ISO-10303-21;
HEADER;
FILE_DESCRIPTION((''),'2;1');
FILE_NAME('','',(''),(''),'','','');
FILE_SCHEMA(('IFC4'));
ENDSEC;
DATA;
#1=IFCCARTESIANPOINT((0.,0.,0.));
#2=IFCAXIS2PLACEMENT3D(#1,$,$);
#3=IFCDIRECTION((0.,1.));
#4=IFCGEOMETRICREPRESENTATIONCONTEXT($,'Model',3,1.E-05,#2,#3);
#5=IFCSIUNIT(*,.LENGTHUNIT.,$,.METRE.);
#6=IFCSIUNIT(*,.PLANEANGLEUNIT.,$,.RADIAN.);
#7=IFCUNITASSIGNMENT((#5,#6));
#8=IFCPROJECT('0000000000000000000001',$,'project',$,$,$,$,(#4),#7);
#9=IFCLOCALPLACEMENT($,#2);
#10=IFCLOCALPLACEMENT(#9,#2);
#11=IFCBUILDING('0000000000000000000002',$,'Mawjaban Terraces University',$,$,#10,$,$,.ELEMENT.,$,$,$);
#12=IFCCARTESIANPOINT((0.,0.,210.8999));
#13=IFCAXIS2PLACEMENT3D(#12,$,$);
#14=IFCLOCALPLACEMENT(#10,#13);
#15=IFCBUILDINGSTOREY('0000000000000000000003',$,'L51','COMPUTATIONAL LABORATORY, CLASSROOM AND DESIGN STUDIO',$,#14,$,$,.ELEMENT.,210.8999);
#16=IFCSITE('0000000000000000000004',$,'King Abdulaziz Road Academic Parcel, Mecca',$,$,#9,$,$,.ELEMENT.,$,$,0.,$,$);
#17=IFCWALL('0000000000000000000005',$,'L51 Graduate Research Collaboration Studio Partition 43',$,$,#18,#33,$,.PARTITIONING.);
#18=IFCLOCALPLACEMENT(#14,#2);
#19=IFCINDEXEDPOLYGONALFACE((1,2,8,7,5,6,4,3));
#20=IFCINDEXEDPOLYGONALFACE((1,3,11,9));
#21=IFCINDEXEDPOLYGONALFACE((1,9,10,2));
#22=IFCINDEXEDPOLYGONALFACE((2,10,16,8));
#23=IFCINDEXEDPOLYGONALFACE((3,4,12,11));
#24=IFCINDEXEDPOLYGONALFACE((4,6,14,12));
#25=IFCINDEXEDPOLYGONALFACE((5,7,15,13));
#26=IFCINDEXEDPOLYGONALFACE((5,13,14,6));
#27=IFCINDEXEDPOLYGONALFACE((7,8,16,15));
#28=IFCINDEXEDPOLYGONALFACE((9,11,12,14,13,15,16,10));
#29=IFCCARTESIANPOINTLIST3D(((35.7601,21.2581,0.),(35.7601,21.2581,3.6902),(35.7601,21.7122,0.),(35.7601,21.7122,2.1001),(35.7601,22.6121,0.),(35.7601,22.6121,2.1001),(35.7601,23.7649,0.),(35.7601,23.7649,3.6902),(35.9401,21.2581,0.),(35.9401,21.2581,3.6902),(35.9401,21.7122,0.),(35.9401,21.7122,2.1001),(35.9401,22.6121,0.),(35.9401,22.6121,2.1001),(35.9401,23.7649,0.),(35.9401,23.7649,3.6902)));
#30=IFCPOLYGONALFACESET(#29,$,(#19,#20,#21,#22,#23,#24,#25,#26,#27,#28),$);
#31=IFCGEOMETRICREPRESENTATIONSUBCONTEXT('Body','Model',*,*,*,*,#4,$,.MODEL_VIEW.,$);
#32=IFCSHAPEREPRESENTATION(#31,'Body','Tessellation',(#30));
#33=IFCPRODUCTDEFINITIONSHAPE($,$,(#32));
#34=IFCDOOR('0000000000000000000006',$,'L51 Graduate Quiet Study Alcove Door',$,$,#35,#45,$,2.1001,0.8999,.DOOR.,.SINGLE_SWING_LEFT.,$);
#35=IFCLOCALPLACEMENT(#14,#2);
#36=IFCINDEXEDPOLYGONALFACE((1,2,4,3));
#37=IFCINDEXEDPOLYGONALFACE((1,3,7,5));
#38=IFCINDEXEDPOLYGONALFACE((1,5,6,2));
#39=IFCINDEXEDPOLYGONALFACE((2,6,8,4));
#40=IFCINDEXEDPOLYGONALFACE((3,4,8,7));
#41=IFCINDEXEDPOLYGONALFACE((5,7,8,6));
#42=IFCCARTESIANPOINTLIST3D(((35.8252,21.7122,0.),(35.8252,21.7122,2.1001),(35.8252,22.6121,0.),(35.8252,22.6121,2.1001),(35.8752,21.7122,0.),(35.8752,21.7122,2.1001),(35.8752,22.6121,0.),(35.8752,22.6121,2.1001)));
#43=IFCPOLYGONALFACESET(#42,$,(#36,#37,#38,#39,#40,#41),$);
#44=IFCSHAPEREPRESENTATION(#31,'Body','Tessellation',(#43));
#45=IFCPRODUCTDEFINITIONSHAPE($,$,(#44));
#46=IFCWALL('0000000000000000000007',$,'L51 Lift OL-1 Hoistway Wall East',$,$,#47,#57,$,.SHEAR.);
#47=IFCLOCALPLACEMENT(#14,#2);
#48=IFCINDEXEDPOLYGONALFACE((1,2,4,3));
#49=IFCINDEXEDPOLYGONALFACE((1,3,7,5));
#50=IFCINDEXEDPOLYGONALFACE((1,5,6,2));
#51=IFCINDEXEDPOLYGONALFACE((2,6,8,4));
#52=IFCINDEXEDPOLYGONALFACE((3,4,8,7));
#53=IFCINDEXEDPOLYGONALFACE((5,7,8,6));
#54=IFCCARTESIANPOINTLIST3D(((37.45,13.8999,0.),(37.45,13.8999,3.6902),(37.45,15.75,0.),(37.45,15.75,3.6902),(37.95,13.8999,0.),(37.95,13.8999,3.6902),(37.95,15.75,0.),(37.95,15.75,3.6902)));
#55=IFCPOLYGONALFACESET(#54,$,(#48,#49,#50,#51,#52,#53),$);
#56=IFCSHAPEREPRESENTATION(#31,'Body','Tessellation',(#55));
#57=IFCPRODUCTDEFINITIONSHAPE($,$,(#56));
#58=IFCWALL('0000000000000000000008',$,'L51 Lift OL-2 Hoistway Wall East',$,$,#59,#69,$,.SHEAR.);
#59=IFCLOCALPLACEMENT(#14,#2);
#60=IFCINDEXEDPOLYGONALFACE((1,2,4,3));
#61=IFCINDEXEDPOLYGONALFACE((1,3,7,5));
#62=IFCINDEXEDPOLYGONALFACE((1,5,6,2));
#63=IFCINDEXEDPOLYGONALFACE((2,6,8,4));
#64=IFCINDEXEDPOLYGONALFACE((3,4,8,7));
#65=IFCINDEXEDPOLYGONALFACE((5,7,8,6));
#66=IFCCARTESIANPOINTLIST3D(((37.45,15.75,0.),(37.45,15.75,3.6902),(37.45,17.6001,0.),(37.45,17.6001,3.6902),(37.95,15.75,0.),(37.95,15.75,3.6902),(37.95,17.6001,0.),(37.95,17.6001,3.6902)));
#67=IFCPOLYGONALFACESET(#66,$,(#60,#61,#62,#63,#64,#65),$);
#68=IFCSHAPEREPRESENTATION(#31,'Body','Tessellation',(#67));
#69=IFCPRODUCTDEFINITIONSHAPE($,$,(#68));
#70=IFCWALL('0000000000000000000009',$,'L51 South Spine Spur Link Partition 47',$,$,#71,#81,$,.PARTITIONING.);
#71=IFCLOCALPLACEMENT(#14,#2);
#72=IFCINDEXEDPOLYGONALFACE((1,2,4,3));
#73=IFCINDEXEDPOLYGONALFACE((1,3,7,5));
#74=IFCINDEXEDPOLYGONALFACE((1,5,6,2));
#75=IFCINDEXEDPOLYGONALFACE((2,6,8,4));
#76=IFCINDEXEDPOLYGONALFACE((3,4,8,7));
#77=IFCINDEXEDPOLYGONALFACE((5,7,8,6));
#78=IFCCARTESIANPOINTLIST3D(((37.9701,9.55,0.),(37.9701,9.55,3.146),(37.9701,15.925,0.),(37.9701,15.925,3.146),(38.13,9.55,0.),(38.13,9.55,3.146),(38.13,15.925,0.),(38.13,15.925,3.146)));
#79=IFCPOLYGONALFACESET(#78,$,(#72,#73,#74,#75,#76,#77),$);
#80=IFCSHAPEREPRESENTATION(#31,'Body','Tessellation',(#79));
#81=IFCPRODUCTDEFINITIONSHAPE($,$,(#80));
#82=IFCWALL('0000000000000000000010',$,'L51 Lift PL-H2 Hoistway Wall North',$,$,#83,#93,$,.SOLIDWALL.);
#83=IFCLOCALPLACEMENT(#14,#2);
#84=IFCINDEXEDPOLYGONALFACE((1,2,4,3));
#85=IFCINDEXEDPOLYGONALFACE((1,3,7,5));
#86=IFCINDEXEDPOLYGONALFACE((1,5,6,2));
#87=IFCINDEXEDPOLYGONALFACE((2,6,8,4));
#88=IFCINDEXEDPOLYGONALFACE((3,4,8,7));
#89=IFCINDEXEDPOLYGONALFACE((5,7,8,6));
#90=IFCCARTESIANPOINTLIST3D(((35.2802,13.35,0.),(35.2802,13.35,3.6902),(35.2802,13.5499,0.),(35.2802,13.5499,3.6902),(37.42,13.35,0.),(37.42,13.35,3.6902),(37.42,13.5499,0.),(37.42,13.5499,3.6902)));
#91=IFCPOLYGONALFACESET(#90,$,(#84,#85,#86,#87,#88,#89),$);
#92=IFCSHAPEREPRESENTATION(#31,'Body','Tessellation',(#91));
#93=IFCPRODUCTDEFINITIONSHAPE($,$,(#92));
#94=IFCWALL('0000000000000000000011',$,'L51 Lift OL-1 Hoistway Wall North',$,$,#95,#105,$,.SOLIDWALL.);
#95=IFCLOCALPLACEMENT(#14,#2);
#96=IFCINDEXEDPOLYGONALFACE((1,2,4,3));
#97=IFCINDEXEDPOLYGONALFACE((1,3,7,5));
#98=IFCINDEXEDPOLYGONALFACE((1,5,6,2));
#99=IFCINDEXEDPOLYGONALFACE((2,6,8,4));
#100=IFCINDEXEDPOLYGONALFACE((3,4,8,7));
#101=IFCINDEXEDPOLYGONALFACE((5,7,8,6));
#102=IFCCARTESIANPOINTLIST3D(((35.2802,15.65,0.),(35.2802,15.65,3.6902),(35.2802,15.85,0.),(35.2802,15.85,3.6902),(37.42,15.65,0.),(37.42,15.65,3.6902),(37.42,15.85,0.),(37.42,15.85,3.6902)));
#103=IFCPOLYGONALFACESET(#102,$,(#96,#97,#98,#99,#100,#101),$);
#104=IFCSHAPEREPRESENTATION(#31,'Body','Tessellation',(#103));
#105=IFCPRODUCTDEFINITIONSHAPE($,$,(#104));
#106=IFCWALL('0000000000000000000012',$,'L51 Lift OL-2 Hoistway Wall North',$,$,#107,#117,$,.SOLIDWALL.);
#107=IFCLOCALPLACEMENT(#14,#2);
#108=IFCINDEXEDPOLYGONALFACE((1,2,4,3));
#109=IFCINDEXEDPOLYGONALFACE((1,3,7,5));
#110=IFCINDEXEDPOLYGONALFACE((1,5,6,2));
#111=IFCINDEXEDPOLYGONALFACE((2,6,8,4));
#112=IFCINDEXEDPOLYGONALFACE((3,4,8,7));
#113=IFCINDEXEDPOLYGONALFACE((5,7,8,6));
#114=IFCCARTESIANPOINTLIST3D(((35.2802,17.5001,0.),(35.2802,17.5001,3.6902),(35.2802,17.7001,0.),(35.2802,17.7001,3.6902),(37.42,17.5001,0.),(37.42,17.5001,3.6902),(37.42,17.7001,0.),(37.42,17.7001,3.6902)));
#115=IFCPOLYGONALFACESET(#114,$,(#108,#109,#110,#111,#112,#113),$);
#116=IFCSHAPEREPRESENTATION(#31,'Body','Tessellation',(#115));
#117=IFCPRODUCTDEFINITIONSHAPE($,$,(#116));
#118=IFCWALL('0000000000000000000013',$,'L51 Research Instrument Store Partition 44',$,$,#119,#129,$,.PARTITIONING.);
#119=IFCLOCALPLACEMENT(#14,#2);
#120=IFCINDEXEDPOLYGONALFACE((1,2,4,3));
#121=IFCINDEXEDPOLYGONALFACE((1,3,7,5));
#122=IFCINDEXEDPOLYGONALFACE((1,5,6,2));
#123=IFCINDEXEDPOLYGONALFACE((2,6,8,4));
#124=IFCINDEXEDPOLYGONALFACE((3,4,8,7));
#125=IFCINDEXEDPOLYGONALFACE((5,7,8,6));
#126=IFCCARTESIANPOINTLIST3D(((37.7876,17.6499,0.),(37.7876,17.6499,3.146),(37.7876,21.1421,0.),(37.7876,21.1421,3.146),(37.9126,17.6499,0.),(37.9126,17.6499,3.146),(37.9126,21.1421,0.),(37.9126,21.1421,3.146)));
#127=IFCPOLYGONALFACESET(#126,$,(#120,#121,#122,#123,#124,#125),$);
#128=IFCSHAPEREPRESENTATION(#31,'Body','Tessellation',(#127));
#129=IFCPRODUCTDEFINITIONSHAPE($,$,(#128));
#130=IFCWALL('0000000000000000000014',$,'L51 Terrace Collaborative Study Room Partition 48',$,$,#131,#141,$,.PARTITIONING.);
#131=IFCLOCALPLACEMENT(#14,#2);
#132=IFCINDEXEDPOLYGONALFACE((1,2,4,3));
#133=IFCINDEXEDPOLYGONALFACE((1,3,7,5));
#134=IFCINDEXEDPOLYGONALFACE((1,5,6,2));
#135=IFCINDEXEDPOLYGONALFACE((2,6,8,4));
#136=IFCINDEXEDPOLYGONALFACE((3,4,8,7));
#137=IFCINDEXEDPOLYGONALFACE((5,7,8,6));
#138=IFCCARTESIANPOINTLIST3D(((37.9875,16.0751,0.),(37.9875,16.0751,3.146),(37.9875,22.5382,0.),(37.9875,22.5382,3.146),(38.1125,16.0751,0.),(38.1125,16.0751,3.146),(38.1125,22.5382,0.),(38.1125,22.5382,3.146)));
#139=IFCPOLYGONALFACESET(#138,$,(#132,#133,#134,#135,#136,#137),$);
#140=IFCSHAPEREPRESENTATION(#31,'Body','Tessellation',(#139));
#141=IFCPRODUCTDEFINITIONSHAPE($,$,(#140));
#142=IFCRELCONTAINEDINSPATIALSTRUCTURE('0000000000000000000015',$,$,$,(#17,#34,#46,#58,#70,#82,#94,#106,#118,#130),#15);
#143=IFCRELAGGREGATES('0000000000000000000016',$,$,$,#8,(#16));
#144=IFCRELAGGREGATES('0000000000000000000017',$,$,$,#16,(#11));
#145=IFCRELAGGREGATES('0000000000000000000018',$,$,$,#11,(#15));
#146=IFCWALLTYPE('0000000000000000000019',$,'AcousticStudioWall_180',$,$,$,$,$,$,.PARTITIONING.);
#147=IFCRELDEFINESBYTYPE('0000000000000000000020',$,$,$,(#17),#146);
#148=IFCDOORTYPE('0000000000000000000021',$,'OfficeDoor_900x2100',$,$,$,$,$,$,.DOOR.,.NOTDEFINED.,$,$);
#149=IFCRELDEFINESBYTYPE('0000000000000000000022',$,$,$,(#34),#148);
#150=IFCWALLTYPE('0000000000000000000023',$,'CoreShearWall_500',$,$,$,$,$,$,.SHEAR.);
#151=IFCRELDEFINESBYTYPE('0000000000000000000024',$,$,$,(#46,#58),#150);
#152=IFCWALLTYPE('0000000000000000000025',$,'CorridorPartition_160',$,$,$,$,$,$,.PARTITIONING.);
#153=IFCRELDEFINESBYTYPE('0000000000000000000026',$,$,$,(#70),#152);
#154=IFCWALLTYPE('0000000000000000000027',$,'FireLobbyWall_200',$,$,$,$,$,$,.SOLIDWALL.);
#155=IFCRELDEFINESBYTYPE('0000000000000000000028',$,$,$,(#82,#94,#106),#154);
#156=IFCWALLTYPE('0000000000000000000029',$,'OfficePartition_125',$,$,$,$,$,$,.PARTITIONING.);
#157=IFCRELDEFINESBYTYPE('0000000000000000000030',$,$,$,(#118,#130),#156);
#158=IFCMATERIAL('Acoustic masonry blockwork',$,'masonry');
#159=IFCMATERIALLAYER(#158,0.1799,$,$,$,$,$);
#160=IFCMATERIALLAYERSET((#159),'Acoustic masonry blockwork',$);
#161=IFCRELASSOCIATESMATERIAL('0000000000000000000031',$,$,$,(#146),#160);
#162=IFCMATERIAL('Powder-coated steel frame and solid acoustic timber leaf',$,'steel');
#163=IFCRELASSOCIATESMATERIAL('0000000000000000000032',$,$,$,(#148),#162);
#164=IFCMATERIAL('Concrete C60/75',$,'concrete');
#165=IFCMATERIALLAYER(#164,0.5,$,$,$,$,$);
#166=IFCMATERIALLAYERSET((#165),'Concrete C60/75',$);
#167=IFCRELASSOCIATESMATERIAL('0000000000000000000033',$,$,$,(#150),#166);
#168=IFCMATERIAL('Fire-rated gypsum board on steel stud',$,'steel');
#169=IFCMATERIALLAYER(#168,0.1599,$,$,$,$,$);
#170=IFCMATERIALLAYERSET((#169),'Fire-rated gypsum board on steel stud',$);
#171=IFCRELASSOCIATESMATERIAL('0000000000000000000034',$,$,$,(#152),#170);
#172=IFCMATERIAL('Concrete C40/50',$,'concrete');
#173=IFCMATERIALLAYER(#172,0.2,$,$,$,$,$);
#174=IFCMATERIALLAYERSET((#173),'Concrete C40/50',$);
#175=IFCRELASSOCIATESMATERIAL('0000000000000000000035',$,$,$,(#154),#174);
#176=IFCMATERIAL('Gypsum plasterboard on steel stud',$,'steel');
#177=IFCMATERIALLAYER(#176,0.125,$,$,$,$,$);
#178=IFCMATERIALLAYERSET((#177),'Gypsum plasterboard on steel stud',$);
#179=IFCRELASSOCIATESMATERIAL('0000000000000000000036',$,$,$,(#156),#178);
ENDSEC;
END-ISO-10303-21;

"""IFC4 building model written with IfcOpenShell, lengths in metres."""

from ifc_helpers import new_model, si_unit, direction, frame, frame_2d, origin, place, context, subcontext, project, spatial, rectangle, extrude, material, layer, layer_set, type_object, element, fill, save


model = new_model("IFC4")

# Units and contexts
model_context = context("Model", 3, precision=1e-05, world=origin(), true_north=direction((0.0, 1.0)))
body_context = subcontext(model_context, "Body", "Model", "MODEL_VIEW")
ifc_project = project(units=[si_unit("LENGTHUNIT", "METRE"), si_unit("PLANEANGLEUNIT", "RADIAN")], contexts=[model_context])

# Site, building, storey
site_placement = place(None, origin())
site = spatial("IfcSite", under=ifc_project, at=site_placement, Name="King Abdulaziz Road Academic Parcel, Mecca", CompositionType="ELEMENT", RefElevation=0.0)
building_placement = place(site_placement, origin())
building = spatial("IfcBuilding", under=site, at=building_placement, Name="Mawjaban Terraces University", CompositionType="ELEMENT")
storey_placement = place(building_placement, frame((0.0, 0.0, 210.8999)))
storey = spatial("IfcBuildingStorey", under=building, at=storey_placement, Name="L51", Description="COMPUTATIONAL LABORATORY, CLASSROOM AND DESIGN STUDIO", CompositionType="ELEMENT", Elevation=210.8999)

# Shared definitions
ifc_material_1 = material(Name="Concrete C60/75", Category="concrete")

# Wall, opening, door
ifc_material_2 = material(Name="Acoustic masonry blockwork", Category="masonry")
ifc_layer_1 = layer(ifc_material_2, 0.1799)
ifc_layer_set_1 = layer_set([ifc_layer_1], Name="Acoustic masonry blockwork")
wall_type_1 = type_object("IfcWallType", Name="AcousticStudioWall_180", PredefinedType="PARTITIONING", material=ifc_layer_set_1)
wall_1_placement = place(storey_placement, frame((35.8501, 21.2581, 0.0), z_axis=(0.0, 0.0, 1.0), x_axis=(0.0, 1.0, 0.0)))
wall_1 = element("IfcWall", 1, at=wall_1_placement, inside=storey, type_object=wall_type_1, Name="L51 Graduate Research Collaboration Studio Partition 43", PredefinedType="PARTITIONING", context=body_context, shape_type="SweptSolid", body=[
    extrude(rectangle(XDim=2.5068, YDim=0.1799, at=frame_2d((1.2534, 0.0))), origin(), (0.0, 0.0, 1.0), 3.6902),
])
opening_placement = place(wall_1_placement, frame((0.4541, 0.0, 0.0)))
opening = element("IfcOpeningElement", 2, at=opening_placement, cuts=wall_1, PredefinedType="OPENING", context=body_context, shape_type="SweptSolid", body=[
    extrude(rectangle(XDim=0.8999, YDim=2.1001, at=frame_2d((0.45, 1.05))), frame((0.0, 0.0999, 0.0), z_axis=(0.0, -1.0, 0.0), x_axis=(1.0, 0.0, 0.0)), (0.0, 0.0, 1.0), 0.2),
])
ifc_material_3 = material(Name="Powder-coated steel frame and solid acoustic timber leaf", Category="steel")
door_type = type_object("IfcDoorType", Name="OfficeDoor_900x2100", OperationType="NOTDEFINED", PredefinedType="DOOR", material=ifc_material_3)
door_placement = place(opening_placement, origin())
door = element("IfcDoor", 3, at=door_placement, inside=storey, type_object=door_type, Name="L51 Graduate Quiet Study Alcove Door", OperationType="SINGLE_SWING_LEFT", OverallHeight=2.1001, OverallWidth=0.8999, PredefinedType="DOOR", context=body_context, shape_type="SweptSolid", body=[
    extrude(rectangle(XDim=0.8999, YDim=2.1001, at=frame_2d((0.45, 1.05))), frame((0.0, 0.0249, 0.0), z_axis=(0.0, -1.0, 0.0), x_axis=(1.0, 0.0, 0.0)), (0.0, 0.0, 1.0), 0.05),
])
fill(opening, door)

# Walls
ifc_layer_2 = layer(ifc_material_1, 0.5)
ifc_layer_set_2 = layer_set([ifc_layer_2], Name="Concrete C60/75")
wall_type_2 = type_object("IfcWallType", Name="CoreShearWall_500", PredefinedType="SHEAR", material=ifc_layer_set_2)
for number, where, z_axis, x_axis, name in (
    (4, (37.7, 13.8999, 0.0), (0.0, 0.0, 1.0), (0.0, 1.0, 0.0), "L51 Lift OL-1 Hoistway Wall East"),
    (5, (37.7, 15.75, 0.0), (0.0, 0.0, 1.0), (0.0, 1.0, 0.0), "L51 Lift OL-2 Hoistway Wall East"),
):
    element("IfcWall", number, at=place(storey_placement, frame(where, z_axis=z_axis, x_axis=x_axis)), inside=storey, type_object=wall_type_2, Name=name, PredefinedType="SHEAR", context=body_context, shape_type="SweptSolid", body=[
        extrude(rectangle(XDim=1.8501, YDim=0.5, at=frame_2d((0.925, 0.0))), origin(), (0.0, 0.0, 1.0), 3.6902),
    ])
ifc_material_4 = material(Name="Fire-rated gypsum board on steel stud", Category="steel")
ifc_layer_3 = layer(ifc_material_4, 0.1599)
ifc_layer_set_3 = layer_set([ifc_layer_3], Name="Fire-rated gypsum board on steel stud")
wall_type_3 = type_object("IfcWallType", Name="CorridorPartition_160", PredefinedType="PARTITIONING", material=ifc_layer_set_3)
wall_2_placement = place(storey_placement, frame((38.05, 15.925, 0.0), z_axis=(0.0, 0.0, 1.0), x_axis=(0.0, -1.0, 0.0)))
element("IfcWall", 6, at=wall_2_placement, inside=storey, type_object=wall_type_3, Name="L51 South Spine Spur Link Partition 47", PredefinedType="PARTITIONING", context=body_context, shape_type="SweptSolid", body=[
    extrude(rectangle(XDim=6.375, YDim=0.1599, at=frame_2d((3.1875, 0.0))), origin(), (0.0, 0.0, 1.0), 3.146),
])
ifc_material_5 = material(Name="Concrete C40/50", Category="concrete")
ifc_layer_4 = layer(ifc_material_5, 0.2)
ifc_layer_set_4 = layer_set([ifc_layer_4], Name="Concrete C40/50")
wall_type_4 = type_object("IfcWallType", Name="FireLobbyWall_200", PredefinedType="SOLIDWALL", material=ifc_layer_set_4)
for number, where, z_axis, x_axis, name in (
    (7, (37.4199, 13.45, 0.0), (0.0, 0.0, 1.0), (-1.0, 0.0, 0.0), "L51 Lift PL-H2 Hoistway Wall North"),
    (8, (37.4199, 15.75, 0.0), (0.0, 0.0, 1.0), (-1.0, 0.0, 0.0), "L51 Lift OL-1 Hoistway Wall North"),
    (9, (37.4199, 17.6001, 0.0), (0.0, 0.0, 1.0), (-1.0, 0.0, 0.0), "L51 Lift OL-2 Hoistway Wall North"),
):
    element("IfcWall", number, at=place(storey_placement, frame(where, z_axis=z_axis, x_axis=x_axis)), inside=storey, type_object=wall_type_4, Name=name, PredefinedType="SOLIDWALL", context=body_context, shape_type="SweptSolid", body=[
        extrude(rectangle(XDim=2.1399, YDim=0.2, at=frame_2d((1.0698, 0.0))), origin(), (0.0, 0.0, 1.0), 3.6902),
    ])
ifc_material_6 = material(Name="Gypsum plasterboard on steel stud", Category="steel")
ifc_layer_5 = layer(ifc_material_6, 0.125)
ifc_layer_set_5 = layer_set([ifc_layer_5], Name="Gypsum plasterboard on steel stud")
wall_type_5 = type_object("IfcWallType", Name="OfficePartition_125", PredefinedType="PARTITIONING", material=ifc_layer_set_5)
wall_3_placement = place(storey_placement, frame((37.8501, 17.6499, 0.0), z_axis=(0.0, 0.0, 1.0), x_axis=(0.0, 1.0, 0.0)))
element("IfcWall", 10, at=wall_3_placement, inside=storey, type_object=wall_type_5, Name="L51 Research Instrument Store Partition 44", PredefinedType="PARTITIONING", context=body_context, shape_type="SweptSolid", body=[
    extrude(rectangle(XDim=3.4922, YDim=0.125, at=frame_2d((1.7461, 0.0))), origin(), (0.0, 0.0, 1.0), 3.146),
])
wall_4_placement = place(storey_placement, frame((38.05, 22.5381, 0.0), z_axis=(0.0, 0.0, 1.0), x_axis=(0.0, -1.0, 0.0)))
element("IfcWall", 11, at=wall_4_placement, inside=storey, type_object=wall_type_5, Name="L51 Terrace Collaborative Study Room Partition 48", PredefinedType="PARTITIONING", context=body_context, shape_type="SweptSolid", body=[
    extrude(rectangle(XDim=6.4631, YDim=0.125, at=frame_2d((3.2314, 0.0))), origin(), (0.0, 0.0, 1.0), 3.146),
])

save(model, "model.ifc")
